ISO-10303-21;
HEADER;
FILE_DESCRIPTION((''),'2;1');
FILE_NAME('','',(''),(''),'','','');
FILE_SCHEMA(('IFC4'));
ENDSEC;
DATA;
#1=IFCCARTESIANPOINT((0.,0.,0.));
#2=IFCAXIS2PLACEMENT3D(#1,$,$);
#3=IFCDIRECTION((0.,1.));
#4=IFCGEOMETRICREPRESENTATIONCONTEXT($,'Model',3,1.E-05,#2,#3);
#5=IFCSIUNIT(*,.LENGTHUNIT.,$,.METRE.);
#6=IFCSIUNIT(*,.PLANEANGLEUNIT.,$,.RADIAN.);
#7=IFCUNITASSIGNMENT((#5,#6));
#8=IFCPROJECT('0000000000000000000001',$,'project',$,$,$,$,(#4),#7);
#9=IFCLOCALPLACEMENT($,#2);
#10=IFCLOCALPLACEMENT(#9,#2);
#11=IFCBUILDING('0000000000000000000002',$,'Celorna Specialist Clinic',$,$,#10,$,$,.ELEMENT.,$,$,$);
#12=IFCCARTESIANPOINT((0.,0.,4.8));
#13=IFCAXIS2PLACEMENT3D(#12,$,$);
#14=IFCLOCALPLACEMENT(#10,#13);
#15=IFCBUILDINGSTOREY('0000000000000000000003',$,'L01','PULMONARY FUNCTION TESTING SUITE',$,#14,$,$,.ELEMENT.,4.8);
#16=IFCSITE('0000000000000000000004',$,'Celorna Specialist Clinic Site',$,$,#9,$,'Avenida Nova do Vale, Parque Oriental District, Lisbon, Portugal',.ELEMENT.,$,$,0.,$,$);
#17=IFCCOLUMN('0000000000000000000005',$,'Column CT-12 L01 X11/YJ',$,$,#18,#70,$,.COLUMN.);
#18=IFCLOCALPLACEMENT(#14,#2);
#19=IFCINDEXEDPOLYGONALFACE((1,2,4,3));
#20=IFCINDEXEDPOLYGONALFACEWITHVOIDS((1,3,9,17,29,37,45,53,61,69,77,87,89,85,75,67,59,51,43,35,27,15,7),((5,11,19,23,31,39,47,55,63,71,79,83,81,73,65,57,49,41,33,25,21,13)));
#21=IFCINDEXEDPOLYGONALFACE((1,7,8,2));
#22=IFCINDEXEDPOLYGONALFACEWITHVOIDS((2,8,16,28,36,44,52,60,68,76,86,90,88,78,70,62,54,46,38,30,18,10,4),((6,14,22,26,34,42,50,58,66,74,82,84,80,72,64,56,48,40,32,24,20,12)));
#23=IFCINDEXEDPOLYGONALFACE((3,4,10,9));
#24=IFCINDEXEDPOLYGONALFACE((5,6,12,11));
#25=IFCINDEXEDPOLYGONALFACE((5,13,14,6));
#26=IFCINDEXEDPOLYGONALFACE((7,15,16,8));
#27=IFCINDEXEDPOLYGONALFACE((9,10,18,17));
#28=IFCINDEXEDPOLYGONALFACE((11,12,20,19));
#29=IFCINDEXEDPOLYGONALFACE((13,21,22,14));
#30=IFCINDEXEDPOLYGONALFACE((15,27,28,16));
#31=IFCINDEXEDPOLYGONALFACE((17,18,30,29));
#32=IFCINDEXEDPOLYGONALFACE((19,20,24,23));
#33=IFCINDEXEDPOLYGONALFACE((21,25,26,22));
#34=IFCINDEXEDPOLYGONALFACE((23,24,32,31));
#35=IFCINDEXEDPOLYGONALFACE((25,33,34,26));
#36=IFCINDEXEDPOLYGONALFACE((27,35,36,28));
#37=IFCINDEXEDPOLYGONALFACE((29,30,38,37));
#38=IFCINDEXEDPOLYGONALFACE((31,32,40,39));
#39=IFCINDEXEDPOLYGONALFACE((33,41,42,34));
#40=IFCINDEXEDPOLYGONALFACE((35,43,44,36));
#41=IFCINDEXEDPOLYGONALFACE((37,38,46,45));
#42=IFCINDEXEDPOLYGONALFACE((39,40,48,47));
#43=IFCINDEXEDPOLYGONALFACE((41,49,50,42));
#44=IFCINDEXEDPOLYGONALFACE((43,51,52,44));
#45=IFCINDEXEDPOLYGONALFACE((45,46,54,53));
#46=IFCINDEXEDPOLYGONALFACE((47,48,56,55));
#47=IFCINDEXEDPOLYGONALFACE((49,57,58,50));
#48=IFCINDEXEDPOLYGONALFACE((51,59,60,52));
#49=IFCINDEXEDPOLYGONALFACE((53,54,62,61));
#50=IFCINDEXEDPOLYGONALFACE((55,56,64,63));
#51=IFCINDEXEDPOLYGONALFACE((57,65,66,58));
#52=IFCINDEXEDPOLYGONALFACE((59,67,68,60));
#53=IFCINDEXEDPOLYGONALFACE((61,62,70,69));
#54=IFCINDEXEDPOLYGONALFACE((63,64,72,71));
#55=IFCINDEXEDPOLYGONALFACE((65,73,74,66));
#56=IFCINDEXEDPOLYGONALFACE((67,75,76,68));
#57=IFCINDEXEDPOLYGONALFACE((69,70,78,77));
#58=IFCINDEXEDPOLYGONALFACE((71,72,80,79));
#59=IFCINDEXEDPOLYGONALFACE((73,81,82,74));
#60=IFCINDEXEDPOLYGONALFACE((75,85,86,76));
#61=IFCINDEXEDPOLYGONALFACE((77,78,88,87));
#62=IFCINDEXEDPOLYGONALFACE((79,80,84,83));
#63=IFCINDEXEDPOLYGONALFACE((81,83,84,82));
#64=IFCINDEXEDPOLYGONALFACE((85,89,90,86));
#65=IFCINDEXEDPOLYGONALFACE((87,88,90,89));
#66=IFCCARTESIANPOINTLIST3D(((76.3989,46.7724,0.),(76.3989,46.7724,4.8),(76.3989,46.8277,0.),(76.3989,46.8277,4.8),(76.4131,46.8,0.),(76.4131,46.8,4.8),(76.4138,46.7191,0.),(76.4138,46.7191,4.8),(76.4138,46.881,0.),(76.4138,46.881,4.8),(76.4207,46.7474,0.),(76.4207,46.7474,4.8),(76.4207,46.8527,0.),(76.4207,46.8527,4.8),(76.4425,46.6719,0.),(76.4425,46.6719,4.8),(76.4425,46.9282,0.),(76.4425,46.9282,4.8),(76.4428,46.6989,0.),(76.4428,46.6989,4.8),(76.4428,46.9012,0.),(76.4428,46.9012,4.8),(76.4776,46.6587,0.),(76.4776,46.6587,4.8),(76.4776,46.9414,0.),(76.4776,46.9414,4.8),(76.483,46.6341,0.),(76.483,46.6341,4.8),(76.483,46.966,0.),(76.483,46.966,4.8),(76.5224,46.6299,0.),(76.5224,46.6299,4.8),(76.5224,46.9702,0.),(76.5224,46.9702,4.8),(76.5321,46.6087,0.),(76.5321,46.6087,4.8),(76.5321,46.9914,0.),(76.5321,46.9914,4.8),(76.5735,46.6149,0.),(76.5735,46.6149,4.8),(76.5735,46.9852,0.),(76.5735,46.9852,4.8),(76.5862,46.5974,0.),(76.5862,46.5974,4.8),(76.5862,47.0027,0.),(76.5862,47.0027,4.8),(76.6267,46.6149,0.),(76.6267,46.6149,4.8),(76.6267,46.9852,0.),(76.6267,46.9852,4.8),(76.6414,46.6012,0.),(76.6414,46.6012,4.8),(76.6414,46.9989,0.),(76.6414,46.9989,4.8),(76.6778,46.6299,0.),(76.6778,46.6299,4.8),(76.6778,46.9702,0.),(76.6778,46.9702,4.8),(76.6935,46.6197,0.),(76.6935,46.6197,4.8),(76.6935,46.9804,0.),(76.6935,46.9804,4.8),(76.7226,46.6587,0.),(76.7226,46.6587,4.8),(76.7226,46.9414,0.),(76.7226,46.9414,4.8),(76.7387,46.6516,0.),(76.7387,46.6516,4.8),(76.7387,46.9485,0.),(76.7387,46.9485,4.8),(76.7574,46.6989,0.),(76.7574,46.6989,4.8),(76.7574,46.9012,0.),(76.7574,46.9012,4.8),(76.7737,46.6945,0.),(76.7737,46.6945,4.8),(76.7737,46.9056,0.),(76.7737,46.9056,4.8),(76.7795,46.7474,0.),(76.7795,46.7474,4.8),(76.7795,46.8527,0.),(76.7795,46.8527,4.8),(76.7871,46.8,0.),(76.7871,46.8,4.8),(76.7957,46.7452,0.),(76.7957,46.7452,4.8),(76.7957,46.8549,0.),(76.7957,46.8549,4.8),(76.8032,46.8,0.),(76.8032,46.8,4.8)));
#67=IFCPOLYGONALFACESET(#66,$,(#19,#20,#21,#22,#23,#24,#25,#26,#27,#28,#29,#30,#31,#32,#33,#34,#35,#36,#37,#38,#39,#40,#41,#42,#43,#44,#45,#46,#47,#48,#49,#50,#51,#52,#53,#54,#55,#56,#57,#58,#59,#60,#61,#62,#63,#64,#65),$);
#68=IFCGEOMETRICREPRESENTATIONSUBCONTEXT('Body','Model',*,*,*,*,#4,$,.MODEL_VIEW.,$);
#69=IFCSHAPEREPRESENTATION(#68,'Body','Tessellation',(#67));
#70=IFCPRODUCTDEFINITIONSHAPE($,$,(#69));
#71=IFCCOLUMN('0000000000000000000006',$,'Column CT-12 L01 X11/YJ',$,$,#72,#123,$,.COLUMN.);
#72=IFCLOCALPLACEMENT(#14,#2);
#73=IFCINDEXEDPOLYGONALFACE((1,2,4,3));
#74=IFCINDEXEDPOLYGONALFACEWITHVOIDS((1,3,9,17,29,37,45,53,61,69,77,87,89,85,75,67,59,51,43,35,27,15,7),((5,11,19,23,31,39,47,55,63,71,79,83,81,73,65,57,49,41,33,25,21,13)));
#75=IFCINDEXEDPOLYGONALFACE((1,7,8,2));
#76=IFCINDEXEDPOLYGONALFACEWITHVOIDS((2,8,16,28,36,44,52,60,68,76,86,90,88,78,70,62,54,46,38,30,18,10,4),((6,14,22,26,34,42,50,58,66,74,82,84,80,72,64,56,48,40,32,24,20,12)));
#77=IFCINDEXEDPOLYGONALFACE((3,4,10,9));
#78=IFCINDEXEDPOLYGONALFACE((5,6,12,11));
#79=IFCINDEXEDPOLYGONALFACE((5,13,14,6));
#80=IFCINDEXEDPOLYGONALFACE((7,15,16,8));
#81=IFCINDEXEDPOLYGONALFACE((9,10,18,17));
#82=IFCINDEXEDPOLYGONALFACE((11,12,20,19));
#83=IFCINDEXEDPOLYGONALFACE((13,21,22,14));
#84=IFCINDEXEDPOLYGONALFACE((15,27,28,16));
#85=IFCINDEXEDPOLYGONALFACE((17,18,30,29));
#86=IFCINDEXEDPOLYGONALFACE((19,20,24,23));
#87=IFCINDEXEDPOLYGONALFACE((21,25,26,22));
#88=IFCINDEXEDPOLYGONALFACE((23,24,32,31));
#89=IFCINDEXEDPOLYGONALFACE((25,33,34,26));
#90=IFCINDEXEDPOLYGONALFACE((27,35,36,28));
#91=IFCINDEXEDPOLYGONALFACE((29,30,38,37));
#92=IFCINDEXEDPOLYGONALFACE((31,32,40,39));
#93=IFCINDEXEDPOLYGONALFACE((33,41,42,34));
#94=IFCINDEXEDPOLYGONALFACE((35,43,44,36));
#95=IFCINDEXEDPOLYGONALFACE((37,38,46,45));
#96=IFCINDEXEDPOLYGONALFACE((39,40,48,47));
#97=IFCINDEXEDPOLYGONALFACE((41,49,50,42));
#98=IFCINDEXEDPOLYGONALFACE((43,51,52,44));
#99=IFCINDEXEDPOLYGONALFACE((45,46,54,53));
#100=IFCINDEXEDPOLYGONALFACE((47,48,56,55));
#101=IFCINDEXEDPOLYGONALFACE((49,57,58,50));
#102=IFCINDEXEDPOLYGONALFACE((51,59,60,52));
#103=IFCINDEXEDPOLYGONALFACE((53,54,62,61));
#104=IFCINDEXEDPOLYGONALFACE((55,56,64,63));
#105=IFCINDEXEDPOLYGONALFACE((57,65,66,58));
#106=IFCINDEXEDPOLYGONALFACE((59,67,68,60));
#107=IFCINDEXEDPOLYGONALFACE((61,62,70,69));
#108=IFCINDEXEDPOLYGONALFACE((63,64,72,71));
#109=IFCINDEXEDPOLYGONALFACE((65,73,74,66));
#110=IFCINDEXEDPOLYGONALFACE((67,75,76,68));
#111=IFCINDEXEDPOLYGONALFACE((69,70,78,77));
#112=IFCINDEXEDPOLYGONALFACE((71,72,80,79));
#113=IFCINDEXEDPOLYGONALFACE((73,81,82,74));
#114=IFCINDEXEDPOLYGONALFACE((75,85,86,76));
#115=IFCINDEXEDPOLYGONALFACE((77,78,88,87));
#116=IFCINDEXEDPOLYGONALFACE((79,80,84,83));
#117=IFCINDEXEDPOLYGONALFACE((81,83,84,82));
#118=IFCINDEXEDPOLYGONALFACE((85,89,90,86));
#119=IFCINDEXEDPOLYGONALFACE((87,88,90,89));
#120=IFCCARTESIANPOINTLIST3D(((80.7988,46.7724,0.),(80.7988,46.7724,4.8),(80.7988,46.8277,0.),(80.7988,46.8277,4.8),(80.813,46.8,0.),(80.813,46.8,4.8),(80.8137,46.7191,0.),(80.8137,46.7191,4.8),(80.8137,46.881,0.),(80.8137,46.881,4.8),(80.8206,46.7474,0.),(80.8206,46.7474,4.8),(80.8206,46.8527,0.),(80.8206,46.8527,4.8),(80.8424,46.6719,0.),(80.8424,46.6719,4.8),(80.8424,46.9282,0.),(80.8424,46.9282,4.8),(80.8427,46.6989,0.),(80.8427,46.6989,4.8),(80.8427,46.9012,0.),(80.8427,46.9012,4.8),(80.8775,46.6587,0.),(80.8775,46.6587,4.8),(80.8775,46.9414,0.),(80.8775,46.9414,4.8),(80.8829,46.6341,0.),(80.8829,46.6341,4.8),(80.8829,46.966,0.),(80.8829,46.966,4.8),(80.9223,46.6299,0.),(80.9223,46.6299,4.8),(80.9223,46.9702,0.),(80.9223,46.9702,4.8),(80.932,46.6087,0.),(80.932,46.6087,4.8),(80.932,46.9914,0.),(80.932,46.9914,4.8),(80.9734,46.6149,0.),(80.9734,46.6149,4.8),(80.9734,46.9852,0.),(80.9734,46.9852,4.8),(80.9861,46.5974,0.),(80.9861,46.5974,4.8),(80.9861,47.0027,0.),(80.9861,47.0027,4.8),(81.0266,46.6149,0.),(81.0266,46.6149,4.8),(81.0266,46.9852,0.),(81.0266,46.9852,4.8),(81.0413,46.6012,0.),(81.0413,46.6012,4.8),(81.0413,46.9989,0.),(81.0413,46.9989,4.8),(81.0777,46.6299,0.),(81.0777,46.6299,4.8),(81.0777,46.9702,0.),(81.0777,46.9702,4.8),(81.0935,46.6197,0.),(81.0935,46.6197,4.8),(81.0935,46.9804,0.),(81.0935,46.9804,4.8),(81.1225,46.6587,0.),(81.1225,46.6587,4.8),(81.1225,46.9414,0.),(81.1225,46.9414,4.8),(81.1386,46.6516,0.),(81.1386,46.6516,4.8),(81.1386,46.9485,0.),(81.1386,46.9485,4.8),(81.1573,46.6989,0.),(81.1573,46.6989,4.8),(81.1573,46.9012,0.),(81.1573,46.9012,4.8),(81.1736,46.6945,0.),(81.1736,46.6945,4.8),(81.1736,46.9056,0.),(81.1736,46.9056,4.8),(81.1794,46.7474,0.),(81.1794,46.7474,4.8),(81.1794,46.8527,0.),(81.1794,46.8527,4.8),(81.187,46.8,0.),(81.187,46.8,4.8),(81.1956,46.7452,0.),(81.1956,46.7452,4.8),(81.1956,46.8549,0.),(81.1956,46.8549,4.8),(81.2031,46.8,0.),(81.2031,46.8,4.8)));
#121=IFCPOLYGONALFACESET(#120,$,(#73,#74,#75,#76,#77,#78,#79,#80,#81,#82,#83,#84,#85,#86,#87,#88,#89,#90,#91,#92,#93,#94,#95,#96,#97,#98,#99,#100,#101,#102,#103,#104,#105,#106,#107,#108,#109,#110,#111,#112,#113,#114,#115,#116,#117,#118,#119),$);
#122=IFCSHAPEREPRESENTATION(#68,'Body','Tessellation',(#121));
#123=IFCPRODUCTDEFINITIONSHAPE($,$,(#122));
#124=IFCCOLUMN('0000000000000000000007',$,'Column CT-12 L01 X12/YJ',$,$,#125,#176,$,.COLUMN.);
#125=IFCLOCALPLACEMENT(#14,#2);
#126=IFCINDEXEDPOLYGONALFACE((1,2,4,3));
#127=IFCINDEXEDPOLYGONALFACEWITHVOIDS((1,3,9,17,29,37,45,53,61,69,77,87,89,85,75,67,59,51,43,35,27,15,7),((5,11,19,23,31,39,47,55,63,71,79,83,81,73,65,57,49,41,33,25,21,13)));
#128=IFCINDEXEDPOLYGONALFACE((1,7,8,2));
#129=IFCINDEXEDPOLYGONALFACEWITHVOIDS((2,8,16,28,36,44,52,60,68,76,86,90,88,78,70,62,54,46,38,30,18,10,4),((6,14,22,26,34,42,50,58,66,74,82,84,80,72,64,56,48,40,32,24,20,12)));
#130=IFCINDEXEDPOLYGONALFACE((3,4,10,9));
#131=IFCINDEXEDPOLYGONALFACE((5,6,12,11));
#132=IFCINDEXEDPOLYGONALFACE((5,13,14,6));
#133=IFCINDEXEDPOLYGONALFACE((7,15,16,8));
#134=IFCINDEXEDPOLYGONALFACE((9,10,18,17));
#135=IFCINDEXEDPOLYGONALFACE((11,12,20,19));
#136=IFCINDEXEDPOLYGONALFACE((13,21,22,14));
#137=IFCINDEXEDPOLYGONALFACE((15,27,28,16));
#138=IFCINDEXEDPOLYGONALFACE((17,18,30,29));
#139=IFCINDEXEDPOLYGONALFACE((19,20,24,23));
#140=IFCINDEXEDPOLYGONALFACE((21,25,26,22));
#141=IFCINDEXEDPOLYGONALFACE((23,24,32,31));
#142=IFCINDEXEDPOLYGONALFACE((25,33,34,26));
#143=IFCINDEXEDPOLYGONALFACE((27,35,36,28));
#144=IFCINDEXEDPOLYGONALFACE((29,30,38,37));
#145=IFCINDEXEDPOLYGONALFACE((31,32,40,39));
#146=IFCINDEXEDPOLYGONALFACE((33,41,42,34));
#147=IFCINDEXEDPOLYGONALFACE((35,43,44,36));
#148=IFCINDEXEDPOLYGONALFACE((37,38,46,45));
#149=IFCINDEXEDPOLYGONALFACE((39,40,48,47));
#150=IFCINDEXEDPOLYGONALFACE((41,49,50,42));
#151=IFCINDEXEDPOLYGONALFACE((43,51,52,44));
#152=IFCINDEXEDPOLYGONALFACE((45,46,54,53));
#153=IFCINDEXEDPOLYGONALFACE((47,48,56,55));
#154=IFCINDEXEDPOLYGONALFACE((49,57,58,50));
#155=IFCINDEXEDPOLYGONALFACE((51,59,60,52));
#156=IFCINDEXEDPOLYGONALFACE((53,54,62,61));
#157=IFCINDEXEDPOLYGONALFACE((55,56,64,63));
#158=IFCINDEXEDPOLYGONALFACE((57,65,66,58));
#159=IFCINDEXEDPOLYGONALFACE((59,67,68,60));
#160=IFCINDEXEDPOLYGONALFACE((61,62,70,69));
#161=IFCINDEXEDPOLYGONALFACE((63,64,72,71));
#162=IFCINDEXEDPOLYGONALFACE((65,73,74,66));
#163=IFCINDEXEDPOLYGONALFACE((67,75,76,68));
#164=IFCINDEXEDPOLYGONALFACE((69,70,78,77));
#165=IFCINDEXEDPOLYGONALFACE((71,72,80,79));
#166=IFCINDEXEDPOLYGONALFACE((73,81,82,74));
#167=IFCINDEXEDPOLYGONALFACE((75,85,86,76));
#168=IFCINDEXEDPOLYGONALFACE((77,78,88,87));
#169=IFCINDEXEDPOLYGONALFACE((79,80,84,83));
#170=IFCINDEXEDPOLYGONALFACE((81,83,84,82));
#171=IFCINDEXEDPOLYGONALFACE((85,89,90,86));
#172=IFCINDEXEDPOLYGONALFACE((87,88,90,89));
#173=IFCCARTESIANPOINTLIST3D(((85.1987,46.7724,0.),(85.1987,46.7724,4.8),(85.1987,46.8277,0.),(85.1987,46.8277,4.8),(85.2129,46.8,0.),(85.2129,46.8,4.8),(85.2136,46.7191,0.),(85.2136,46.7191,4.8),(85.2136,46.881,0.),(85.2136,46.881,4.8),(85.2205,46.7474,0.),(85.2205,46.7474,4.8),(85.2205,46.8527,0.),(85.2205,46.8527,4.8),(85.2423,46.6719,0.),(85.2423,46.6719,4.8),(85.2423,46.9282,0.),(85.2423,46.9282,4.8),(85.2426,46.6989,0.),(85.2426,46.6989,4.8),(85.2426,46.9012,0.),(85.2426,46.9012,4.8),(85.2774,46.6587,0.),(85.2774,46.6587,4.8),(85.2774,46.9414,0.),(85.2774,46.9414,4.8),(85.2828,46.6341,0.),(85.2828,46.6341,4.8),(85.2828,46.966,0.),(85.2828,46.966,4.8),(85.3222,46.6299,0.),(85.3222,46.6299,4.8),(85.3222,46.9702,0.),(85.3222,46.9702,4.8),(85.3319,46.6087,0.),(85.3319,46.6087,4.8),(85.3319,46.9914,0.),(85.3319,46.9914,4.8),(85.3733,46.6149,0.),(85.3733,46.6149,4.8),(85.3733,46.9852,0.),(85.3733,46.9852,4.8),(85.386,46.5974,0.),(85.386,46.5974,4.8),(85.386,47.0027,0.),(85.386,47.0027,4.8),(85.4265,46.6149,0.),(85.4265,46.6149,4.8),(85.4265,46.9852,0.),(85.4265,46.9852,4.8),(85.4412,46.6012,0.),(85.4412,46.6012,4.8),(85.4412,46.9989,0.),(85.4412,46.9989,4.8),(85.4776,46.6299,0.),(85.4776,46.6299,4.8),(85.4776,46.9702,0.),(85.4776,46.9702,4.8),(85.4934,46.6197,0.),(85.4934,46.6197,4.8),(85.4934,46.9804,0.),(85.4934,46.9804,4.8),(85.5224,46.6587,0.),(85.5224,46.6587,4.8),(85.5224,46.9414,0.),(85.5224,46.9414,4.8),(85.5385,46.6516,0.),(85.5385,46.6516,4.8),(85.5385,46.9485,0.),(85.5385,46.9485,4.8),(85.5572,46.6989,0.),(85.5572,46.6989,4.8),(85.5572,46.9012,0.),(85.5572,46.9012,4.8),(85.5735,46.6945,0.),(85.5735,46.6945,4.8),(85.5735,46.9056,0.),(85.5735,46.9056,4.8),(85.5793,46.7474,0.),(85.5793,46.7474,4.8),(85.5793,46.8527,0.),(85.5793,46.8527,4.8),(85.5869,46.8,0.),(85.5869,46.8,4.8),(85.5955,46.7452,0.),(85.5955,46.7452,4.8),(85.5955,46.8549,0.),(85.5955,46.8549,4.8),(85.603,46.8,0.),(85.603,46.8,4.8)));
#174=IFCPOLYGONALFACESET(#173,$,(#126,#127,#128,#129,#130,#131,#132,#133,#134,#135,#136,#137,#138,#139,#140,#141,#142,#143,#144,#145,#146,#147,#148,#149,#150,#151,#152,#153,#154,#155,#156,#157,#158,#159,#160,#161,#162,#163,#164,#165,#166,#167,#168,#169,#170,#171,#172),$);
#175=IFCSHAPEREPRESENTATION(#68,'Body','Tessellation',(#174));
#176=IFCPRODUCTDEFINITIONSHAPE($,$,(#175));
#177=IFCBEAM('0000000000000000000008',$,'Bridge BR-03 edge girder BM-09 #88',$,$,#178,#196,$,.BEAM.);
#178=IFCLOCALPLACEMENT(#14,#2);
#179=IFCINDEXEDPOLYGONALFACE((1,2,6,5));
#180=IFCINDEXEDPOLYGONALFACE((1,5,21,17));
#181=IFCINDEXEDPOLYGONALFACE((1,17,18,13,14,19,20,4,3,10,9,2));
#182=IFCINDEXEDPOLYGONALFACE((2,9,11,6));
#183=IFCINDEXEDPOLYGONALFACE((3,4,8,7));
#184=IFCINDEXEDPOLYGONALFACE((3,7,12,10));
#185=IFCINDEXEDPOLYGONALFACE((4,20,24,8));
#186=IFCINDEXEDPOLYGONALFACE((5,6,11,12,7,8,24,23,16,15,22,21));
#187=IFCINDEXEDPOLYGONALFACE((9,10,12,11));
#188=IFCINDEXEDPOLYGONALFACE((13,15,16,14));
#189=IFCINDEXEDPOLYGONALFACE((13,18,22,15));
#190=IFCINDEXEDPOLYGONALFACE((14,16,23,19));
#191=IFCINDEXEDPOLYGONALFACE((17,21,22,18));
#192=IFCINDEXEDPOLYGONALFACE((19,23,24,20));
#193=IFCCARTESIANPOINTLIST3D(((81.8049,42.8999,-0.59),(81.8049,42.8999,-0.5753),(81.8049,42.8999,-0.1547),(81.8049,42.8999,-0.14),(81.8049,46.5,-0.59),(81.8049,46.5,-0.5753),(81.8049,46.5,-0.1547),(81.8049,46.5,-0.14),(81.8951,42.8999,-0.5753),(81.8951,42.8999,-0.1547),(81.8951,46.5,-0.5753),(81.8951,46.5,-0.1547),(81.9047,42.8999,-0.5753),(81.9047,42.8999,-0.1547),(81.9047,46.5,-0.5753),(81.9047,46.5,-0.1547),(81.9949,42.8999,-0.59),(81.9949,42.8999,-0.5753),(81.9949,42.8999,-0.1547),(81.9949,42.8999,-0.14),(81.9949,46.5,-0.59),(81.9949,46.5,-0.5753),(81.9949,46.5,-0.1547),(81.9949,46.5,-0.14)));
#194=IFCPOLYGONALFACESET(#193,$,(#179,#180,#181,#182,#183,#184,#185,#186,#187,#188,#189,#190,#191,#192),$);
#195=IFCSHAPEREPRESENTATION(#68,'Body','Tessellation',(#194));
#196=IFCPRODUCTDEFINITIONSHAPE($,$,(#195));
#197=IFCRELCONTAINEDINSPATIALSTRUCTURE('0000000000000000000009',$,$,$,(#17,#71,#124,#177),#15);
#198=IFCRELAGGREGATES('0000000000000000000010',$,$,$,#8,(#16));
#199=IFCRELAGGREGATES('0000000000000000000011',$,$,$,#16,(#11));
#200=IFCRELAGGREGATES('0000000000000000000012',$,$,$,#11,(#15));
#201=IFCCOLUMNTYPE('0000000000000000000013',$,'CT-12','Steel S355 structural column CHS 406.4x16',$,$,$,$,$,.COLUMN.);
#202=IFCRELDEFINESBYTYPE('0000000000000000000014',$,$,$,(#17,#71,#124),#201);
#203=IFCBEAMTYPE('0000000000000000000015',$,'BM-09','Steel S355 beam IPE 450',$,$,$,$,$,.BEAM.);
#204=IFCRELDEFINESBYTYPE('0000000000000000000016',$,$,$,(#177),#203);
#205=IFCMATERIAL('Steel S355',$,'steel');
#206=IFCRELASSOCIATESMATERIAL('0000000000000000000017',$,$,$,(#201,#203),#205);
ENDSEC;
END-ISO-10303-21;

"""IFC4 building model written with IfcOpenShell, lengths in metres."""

from ifc_helpers import new_model, si_unit, direction, frame, origin, origin_2d, place, context, subcontext, project, spatial, hollow_circle, i_section, extrude, material, material_profile, profile_set, type_object, element, save


model = new_model("IFC4")

# Units and contexts
model_context = context("Model", 3, precision=1e-05, world=origin(), true_north=direction((0.0, 1.0)))
body_context = subcontext(model_context, "Body", "Model", "MODEL_VIEW")
ifc_project = project(units=[si_unit("LENGTHUNIT", "METRE"), si_unit("PLANEANGLEUNIT", "RADIAN")], contexts=[model_context])

# Site, building, storey
site_placement = place(None, origin())
site = spatial("IfcSite", under=ifc_project, at=site_placement, Name="Celorna Specialist Clinic Site", LongName="Avenida Nova do Vale, Parque Oriental District, Lisbon, Portugal", CompositionType="ELEMENT", RefElevation=0.0)
building_placement = place(site_placement, origin())
building = spatial("IfcBuilding", under=site, at=building_placement, Name="Celorna Specialist Clinic", CompositionType="ELEMENT")
storey_placement = place(building_placement, frame((0.0, 0.0, 4.8)))
storey = spatial("IfcBuildingStorey", under=building, at=storey_placement, Name="L01", Description="PULMONARY FUNCTION TESTING SUITE", CompositionType="ELEMENT", Elevation=4.8)

# Columns
ifc_material_1 = material(Name="Steel S355", Category="steel")
ifc_material_profile_1 = material_profile(ifc_material_1, hollow_circle(Radius=0.2031, WallThickness=0.0161, at=origin_2d()), Name="CHS 406.4x16")
ifc_profile_set_1 = profile_set([ifc_material_profile_1], Name="Steel S355")
column_type = type_object("IfcColumnType", Name="CT-12", Description="Steel S355 structural column CHS 406.4x16", PredefinedType="COLUMN", material=ifc_profile_set_1)
for number, where, z_axis, x_axis, name in (
    (1, (76.6001, 46.8, 0.0), (0.0, 0.0, 1.0), (1.0, 0.0, 0.0), "Column CT-12 L01 X11/YJ"),
    (2, (81.0, 46.8, 0.0), (0.0, 0.0, 1.0), (1.0, 0.0, 0.0), "Column CT-12 L01 X11/YJ"),
    (3, (85.3999, 46.8, 0.0), (0.0, 0.0, 1.0), (1.0, 0.0, 0.0), "Column CT-12 L01 X12/YJ"),
):
    element("IfcColumn", number, at=place(storey_placement, frame(where, z_axis=z_axis, x_axis=x_axis)), inside=storey, type_object=column_type, Name=name, PredefinedType="COLUMN", context=body_context, shape_type="SweptSolid", body=[
        extrude(hollow_circle(Radius=0.2031, WallThickness=0.0161, at=origin_2d()), origin(), (0.0, 0.0, 1.0), 4.8),
    ])

# Beam
ifc_material_profile_2 = material_profile(ifc_material_1, i_section(OverallWidth=0.1899, OverallDepth=0.45, WebThickness=0.0095, FlangeThickness=0.0146, at=origin_2d()), Name="IPE 450")
ifc_profile_set_2 = profile_set([ifc_material_profile_2], Name="Steel S355")
beam_type_1 = type_object("IfcBeamType", Name="BM-09", Description="Steel S355 beam IPE 450", PredefinedType="BEAM", material=ifc_profile_set_2)
for number, where, z_axis, x_axis, name in (
    (4, (81.8999, 42.8999, -0.365), (0.0, 1.0, 0.0), (-1.0, 0.0, 0.0), "Bridge BR-03 edge girder BM-09 #88"),
):
    element("IfcBeam", number, at=place(storey_placement, frame(where, z_axis=z_axis, x_axis=x_axis)), inside=storey, type_object=beam_type_1, Name=name, PredefinedType="BEAM", context=body_context, shape_type="SweptSolid", body=[
        extrude(i_section(OverallWidth=0.1899, OverallDepth=0.45, WebThickness=0.0095, FlangeThickness=0.0146, at=origin_2d()), origin(), (0.0, 0.0, 1.0), 3.6001),
    ])

save(model, "model.ifc")
